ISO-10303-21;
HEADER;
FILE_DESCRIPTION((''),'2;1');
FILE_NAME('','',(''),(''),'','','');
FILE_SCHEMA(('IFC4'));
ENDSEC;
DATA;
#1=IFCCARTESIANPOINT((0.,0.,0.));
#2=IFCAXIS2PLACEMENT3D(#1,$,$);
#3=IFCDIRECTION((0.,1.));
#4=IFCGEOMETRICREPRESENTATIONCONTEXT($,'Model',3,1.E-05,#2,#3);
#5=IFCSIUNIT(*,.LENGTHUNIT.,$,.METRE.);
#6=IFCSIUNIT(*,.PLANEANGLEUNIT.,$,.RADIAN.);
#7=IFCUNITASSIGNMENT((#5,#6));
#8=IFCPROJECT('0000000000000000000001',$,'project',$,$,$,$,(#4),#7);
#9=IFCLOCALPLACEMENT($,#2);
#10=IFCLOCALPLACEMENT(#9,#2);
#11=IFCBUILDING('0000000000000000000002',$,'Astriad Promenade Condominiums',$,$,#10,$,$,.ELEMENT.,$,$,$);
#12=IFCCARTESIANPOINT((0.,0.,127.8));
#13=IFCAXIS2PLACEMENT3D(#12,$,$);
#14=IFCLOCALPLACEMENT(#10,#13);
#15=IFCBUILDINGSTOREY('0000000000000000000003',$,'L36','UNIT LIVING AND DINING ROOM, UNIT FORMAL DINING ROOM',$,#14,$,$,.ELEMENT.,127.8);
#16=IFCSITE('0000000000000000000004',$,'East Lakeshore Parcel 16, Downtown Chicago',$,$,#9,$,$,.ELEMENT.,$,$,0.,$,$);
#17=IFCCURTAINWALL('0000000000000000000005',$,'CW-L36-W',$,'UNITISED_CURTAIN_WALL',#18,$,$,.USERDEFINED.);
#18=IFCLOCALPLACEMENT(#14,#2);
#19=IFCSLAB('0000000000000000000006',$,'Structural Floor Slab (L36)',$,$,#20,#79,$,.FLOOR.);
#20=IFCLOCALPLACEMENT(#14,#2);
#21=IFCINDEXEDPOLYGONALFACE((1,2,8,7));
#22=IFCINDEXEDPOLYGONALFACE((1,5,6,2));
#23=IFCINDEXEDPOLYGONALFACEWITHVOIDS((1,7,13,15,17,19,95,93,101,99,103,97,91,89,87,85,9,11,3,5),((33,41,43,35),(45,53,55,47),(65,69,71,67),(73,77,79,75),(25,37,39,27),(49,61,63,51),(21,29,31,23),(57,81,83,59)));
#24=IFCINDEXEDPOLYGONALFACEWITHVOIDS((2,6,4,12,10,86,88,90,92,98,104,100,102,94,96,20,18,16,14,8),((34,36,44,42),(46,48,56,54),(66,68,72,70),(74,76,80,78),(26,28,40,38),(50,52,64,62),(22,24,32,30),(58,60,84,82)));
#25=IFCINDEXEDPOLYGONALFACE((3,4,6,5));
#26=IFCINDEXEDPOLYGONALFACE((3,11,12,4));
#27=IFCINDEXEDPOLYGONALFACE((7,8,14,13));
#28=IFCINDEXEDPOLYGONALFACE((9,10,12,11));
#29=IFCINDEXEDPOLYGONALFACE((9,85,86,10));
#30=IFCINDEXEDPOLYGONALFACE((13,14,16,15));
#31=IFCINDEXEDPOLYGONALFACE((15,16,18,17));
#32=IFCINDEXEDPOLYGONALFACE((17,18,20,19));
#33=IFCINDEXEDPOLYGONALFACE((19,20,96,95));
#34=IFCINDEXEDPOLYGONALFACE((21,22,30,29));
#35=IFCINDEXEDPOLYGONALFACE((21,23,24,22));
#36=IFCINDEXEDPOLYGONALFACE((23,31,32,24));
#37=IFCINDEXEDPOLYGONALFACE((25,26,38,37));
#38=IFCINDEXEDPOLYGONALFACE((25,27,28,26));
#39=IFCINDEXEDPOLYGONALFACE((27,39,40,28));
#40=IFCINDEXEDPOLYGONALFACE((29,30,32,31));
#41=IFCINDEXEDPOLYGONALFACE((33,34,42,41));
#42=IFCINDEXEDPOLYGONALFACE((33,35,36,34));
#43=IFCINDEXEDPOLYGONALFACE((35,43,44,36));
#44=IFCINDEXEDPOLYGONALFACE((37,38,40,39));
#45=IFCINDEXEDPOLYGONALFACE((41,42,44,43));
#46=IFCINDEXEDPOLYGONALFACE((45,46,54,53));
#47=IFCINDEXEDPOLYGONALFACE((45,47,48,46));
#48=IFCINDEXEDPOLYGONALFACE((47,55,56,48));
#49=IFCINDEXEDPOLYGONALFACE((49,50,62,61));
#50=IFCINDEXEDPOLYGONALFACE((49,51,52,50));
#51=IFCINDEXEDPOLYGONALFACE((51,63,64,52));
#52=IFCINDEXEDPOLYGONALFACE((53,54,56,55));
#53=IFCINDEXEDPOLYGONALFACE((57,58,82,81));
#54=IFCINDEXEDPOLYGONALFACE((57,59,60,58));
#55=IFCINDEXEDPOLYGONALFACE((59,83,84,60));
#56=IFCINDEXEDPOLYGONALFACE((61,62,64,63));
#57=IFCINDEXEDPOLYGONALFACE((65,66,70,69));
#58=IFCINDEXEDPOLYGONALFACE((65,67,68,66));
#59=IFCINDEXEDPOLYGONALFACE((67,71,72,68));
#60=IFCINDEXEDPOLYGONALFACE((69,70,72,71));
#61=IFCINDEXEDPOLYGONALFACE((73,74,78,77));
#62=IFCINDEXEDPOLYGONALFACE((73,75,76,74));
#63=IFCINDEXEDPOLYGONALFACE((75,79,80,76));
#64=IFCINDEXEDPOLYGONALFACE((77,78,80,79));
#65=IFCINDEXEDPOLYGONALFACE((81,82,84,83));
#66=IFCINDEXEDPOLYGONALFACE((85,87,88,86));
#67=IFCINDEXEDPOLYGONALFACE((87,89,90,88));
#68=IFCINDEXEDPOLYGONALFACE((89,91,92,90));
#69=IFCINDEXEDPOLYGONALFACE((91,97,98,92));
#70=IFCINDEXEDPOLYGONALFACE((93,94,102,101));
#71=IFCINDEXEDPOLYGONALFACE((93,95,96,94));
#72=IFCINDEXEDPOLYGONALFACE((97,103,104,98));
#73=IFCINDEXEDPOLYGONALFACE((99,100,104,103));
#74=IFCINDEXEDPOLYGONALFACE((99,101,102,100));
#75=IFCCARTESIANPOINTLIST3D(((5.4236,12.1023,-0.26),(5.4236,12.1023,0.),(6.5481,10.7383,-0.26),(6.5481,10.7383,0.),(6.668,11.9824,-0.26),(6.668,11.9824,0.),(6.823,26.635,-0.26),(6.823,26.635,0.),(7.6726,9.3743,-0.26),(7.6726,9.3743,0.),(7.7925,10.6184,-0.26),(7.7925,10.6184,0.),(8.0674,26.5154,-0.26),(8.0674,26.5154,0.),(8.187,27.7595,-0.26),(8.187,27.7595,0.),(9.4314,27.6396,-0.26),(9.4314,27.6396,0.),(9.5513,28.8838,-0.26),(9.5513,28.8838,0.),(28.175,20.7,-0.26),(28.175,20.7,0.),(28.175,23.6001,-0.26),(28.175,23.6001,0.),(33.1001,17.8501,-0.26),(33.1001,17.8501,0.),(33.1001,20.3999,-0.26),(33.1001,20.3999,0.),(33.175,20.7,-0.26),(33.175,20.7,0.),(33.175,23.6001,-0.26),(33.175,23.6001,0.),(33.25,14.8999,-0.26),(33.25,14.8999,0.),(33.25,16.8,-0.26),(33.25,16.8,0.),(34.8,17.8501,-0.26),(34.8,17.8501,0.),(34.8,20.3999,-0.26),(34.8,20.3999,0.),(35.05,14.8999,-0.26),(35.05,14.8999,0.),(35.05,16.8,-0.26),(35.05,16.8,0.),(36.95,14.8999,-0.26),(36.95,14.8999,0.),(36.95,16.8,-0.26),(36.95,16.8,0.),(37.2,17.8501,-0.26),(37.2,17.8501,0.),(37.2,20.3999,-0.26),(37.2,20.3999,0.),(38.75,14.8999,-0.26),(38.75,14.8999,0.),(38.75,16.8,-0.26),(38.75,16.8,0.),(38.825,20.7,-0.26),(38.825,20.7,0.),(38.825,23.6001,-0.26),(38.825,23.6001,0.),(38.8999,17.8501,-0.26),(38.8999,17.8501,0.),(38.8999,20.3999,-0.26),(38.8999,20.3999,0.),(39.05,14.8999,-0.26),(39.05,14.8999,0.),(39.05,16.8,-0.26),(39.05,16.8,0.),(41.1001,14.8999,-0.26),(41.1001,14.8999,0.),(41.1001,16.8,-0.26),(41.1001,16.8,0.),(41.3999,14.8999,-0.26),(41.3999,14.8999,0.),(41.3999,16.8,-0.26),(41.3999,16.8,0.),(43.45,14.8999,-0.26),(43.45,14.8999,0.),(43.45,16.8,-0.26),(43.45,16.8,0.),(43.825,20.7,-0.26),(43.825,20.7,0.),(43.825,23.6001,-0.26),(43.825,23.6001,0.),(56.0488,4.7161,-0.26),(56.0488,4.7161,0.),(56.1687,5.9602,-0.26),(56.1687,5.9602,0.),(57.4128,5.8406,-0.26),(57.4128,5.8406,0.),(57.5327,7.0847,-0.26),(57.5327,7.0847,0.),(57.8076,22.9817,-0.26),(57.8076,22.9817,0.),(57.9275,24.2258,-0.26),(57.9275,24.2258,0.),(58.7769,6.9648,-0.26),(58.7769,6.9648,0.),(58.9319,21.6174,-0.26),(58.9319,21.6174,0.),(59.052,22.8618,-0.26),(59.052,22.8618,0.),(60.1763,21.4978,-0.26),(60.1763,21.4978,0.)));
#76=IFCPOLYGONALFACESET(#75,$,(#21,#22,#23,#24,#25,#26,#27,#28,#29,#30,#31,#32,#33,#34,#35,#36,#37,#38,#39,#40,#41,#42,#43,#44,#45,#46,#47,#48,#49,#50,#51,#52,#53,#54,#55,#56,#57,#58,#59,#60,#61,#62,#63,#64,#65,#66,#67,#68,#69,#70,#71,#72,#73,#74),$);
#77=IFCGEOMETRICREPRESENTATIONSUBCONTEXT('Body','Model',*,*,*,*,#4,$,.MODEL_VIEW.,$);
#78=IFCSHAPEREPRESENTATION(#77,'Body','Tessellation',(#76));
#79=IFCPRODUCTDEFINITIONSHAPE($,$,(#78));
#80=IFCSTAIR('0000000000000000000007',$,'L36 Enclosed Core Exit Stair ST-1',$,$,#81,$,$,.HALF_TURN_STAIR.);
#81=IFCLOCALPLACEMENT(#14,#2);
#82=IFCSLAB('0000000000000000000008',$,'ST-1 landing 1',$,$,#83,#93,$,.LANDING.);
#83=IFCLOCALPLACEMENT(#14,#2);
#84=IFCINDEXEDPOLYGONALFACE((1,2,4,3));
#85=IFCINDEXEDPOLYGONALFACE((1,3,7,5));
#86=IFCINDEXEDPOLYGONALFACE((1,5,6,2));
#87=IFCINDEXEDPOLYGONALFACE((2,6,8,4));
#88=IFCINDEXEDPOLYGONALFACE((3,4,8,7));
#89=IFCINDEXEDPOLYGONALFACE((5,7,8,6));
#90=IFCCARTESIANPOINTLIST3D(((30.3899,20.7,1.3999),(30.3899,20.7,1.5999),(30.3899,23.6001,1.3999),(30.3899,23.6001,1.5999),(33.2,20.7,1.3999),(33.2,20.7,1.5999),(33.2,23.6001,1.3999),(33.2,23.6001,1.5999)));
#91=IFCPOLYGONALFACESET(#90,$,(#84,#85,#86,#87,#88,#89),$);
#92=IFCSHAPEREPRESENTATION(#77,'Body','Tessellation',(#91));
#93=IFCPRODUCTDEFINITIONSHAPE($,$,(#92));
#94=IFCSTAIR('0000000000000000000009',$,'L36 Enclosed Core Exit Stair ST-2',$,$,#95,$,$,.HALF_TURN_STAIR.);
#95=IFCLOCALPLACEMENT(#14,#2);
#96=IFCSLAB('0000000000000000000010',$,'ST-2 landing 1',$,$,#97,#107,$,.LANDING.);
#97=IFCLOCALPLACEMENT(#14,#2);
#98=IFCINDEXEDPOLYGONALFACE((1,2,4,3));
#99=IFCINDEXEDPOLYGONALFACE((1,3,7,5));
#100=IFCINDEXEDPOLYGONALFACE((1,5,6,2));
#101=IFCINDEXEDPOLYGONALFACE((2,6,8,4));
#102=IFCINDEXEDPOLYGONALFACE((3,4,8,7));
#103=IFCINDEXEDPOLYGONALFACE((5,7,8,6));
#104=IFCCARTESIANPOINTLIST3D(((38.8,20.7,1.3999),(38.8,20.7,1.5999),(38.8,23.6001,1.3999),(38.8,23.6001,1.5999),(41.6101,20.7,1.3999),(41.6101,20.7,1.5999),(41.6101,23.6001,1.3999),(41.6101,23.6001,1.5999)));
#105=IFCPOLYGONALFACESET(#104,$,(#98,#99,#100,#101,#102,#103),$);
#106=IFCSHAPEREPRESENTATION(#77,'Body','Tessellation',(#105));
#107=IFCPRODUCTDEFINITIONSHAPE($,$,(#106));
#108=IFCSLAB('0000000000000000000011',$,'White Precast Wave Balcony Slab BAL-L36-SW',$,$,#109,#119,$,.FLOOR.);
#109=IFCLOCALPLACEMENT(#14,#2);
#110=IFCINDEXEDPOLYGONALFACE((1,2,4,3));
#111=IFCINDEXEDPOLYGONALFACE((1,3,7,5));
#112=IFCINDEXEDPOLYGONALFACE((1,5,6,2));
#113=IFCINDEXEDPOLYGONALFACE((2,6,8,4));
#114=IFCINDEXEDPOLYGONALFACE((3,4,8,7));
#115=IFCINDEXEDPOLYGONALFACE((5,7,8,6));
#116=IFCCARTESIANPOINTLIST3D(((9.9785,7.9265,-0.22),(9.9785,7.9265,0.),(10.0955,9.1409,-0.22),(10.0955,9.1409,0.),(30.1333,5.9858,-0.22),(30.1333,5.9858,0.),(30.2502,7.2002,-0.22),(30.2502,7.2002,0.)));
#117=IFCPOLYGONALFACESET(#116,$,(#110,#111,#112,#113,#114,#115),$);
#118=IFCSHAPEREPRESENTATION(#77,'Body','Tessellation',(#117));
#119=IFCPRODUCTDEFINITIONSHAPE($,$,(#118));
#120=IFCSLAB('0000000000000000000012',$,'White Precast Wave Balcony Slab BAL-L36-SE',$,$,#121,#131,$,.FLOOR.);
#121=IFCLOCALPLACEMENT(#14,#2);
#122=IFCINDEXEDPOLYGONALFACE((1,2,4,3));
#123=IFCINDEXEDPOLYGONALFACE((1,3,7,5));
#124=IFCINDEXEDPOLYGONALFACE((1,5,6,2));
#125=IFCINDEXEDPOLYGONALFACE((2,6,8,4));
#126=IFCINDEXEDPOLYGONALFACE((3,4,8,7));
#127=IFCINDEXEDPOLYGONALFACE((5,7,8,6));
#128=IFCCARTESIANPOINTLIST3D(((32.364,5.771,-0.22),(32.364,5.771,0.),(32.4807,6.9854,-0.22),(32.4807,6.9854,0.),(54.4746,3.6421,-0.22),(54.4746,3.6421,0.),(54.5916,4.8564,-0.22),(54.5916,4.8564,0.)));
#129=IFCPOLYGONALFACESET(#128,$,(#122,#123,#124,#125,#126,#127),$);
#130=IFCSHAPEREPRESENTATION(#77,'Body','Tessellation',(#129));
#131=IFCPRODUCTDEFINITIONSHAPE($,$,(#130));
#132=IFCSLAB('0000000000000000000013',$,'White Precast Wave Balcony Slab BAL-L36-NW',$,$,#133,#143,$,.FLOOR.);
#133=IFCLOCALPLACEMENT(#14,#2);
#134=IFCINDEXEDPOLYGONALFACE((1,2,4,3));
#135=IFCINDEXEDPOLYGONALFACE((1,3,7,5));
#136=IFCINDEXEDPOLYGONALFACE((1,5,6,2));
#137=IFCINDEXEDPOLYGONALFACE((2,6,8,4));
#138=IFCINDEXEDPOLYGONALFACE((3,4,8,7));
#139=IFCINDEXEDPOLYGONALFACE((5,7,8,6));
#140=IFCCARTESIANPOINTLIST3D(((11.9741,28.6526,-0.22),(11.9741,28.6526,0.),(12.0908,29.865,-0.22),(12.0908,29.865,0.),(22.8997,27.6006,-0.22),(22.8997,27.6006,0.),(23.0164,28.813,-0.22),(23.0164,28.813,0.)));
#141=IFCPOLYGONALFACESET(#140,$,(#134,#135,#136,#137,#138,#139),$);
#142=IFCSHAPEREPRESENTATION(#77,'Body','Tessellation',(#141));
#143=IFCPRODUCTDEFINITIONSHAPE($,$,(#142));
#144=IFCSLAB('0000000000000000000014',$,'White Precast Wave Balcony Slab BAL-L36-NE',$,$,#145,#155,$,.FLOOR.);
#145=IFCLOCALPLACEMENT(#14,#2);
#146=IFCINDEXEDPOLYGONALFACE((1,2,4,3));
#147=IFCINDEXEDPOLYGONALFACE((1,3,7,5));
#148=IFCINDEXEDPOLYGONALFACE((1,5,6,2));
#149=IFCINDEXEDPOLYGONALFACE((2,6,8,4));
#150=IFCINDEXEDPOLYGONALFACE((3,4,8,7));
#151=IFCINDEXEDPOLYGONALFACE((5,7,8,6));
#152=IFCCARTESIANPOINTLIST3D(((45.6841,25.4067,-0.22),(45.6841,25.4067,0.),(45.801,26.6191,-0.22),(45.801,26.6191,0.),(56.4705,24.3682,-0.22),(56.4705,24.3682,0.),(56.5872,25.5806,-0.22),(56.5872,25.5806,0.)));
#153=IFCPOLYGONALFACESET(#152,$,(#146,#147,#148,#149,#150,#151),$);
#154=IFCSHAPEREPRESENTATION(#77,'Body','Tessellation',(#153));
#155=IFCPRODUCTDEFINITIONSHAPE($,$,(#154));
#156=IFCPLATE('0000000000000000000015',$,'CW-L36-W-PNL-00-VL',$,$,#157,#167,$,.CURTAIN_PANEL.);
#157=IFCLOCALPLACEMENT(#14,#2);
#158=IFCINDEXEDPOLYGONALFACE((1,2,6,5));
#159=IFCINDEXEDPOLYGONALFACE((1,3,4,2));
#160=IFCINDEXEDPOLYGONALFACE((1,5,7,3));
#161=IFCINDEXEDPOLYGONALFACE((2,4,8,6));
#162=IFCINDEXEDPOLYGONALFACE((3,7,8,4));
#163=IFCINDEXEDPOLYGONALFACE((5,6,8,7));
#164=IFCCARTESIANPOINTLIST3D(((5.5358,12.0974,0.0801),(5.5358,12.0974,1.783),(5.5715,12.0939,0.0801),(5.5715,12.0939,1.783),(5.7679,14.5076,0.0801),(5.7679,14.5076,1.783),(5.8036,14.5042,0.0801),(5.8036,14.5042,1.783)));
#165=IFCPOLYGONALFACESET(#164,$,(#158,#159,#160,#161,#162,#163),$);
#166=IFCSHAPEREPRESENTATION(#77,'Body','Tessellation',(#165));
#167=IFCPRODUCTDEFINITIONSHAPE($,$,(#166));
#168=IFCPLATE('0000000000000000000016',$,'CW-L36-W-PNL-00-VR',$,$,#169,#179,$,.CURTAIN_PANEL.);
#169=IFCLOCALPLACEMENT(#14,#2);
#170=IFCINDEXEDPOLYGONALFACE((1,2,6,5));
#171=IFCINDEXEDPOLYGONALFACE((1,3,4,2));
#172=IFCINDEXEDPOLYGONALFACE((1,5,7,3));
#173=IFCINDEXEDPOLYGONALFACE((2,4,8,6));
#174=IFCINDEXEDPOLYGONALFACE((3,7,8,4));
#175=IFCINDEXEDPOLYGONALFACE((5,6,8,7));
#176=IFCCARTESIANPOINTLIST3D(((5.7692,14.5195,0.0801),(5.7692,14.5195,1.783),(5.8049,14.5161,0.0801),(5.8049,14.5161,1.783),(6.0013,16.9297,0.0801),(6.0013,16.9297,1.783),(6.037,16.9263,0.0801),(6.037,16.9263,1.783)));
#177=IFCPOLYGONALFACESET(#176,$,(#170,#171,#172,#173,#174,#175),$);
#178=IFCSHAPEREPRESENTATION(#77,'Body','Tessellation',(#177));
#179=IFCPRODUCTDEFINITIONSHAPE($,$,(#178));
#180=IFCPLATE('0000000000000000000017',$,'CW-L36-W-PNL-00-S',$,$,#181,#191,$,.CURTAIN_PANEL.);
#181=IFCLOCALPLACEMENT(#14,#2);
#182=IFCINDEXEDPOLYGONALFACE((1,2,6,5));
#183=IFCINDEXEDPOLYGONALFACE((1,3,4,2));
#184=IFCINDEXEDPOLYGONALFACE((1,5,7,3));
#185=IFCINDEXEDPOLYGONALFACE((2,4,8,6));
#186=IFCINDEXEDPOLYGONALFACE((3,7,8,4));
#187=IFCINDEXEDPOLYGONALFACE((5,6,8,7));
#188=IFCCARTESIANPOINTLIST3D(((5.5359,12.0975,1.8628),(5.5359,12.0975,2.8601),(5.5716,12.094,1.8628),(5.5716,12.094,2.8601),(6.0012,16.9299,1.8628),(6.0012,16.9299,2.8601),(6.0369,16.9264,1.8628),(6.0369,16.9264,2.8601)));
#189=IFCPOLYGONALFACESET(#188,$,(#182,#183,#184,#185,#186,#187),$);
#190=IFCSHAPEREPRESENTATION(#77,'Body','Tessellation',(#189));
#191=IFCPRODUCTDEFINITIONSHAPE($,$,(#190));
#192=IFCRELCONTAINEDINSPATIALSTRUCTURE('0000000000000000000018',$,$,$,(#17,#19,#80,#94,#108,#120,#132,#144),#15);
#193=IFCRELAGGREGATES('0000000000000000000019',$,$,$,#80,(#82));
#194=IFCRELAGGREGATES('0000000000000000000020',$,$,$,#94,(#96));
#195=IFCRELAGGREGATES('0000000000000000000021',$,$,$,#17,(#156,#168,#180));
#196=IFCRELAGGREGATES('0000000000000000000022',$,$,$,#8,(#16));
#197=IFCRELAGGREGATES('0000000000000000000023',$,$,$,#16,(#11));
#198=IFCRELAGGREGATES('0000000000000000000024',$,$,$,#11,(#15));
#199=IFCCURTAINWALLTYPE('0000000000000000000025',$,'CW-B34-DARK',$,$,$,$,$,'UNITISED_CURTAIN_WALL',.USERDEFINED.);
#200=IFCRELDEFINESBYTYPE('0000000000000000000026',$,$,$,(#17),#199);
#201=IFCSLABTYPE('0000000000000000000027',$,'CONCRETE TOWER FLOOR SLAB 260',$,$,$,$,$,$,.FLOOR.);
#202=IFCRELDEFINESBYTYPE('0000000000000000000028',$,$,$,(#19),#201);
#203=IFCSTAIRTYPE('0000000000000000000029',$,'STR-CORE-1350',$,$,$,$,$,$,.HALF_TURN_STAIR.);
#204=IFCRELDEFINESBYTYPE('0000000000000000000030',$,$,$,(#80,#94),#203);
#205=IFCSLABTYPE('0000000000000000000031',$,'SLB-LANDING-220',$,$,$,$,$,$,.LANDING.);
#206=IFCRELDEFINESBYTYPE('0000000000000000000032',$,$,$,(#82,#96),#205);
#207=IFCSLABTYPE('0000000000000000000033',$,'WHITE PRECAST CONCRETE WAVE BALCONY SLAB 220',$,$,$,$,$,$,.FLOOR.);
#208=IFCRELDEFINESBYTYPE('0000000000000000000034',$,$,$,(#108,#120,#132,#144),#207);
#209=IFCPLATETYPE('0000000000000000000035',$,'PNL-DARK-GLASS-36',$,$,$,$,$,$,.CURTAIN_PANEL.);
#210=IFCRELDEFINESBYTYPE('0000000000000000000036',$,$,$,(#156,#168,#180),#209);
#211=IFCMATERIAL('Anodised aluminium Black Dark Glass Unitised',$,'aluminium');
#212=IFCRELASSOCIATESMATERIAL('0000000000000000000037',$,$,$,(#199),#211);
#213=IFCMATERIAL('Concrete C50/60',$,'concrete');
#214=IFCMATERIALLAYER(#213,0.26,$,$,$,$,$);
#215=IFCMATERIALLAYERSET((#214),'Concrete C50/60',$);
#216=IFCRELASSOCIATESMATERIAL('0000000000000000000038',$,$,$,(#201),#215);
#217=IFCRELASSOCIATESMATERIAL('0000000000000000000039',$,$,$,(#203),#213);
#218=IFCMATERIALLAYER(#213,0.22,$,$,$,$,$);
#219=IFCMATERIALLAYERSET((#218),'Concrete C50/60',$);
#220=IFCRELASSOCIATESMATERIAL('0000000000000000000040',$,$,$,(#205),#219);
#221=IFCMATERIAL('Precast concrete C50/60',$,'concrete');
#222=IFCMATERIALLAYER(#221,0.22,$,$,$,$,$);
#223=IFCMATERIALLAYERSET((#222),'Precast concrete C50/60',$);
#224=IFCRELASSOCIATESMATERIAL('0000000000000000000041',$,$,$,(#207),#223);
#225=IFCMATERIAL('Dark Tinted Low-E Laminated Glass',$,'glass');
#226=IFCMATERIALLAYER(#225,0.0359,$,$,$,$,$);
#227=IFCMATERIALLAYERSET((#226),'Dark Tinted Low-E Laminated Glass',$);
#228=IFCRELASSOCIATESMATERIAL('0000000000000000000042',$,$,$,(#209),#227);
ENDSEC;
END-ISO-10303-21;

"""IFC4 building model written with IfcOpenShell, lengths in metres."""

from ifc_helpers import new_model, si_unit, direction, frame, origin, origin_2d, place, context, subcontext, project, spatial, polyline, rectangle, outline, extrude, source, transform, mapped, material, layer, layer_set, type_object, type_shapes, element, aggregate, save


model = new_model("IFC4")

# Units and contexts
model_context = context("Model", 3, precision=1e-05, world=origin(), true_north=direction((0.0, 1.0)))
body_context = subcontext(model_context, "Body", "Model", "MODEL_VIEW")
ifc_project = project(units=[si_unit("LENGTHUNIT", "METRE"), si_unit("PLANEANGLEUNIT", "RADIAN")], contexts=[model_context])

# Site, building, storey
site_placement = place(None, origin())
site = spatial("IfcSite", under=ifc_project, at=site_placement, Name="East Lakeshore Parcel 16, Downtown Chicago", CompositionType="ELEMENT", RefElevation=0.0)
building_placement = place(site_placement, origin())
building = spatial("IfcBuilding", under=site, at=building_placement, Name="Astriad Promenade Condominiums", CompositionType="ELEMENT")
storey_placement = place(building_placement, frame((0.0, 0.0, 127.8)))
storey = spatial("IfcBuildingStorey", under=building, at=storey_placement, Name="L36", Description="UNIT LIVING AND DINING ROOM, UNIT FORMAL DINING ROOM", CompositionType="ELEMENT", Elevation=127.8)

# Curtain wall
ifc_material_1 = material(Name="Anodised aluminium Black Dark Glass Unitised", Category="aluminium")
curtain_wall_type = type_object("IfcCurtainWallType", Name="CW-B34-DARK", ElementType="UNITISED_CURTAIN_WALL", PredefinedType="USERDEFINED", material=ifc_material_1)
curtain_wall_placement = place(storey_placement, origin())
curtain_wall = element("IfcCurtainWall", 1, at=curtain_wall_placement, inside=storey, type_object=curtain_wall_type, Name="CW-L36-W", ObjectType="UNITISED_CURTAIN_WALL", PredefinedType="USERDEFINED")

# Slab
ifc_material_2 = material(Name="Concrete C50/60", Category="concrete")
ifc_layer_1 = layer(ifc_material_2, 0.26)
ifc_layer_set_1 = layer_set([ifc_layer_1], Name="Concrete C50/60")
slab_type_1 = type_object("IfcSlabType", Name="CONCRETE TOWER FLOOR SLAB 260", PredefinedType="FLOOR", material=ifc_layer_set_1)
slab_1_placement = place(storey_placement, frame((0.0, 0.0, -0.26)))
element("IfcSlab", 2, at=slab_1_placement, inside=storey, type_object=slab_type_1, Name="Structural Floor Slab (L36)", PredefinedType="FLOOR", context=body_context, shape_type="SweptSolid", body=[
    extrude(outline(polyline([(7.6726, 9.3743), (56.0488, 4.7161), (56.1687, 5.9602), (57.4128, 5.8406), (57.5327, 7.0847), (58.7769, 6.9648), (60.1763, 21.4978), (58.9319, 21.6174), (59.052, 22.8618), (57.8076, 22.9817), (57.9275, 24.2258), (9.5513, 28.8838), (9.4314, 27.6396), (8.187, 27.7595), (8.0674, 26.5154), (6.823, 26.635), (5.4236, 12.1023), (6.668, 11.9824), (6.5481, 10.7383), (7.7925, 10.6184), (7.6726, 9.3743)]), holes=[polyline([(28.175, 20.7), (33.175, 20.7), (33.175, 23.6001), (28.175, 23.6001), (28.175, 20.7)]), polyline([(38.825, 20.7), (43.825, 20.7), (43.825, 23.6001), (38.825, 23.6001), (38.825, 20.7)]), polyline([(33.1001, 17.8501), (34.8, 17.8501), (34.8, 20.3999), (33.1001, 20.3999), (33.1001, 17.8501)]), polyline([(37.2, 17.8501), (38.8999, 17.8501), (38.8999, 20.3999), (37.2, 20.3999), (37.2, 17.8501)]), polyline([(33.25, 14.8999), (35.05, 14.8999), (35.05, 16.8), (33.25, 16.8), (33.25, 14.8999)]), polyline([(36.95, 14.8999), (38.75, 14.8999), (38.75, 16.8), (36.95, 16.8), (36.95, 14.8999)]), polyline([(39.05, 14.8999), (41.1001, 14.8999), (41.1001, 16.8), (39.05, 16.8), (39.05, 14.8999)]), polyline([(41.3999, 14.8999), (43.45, 14.8999), (43.45, 16.8), (41.3999, 16.8), (41.3999, 14.8999)])]), origin(), (0.0, 0.0, 1.0), 0.26),
])

# Stairs, slabs
stair_type = type_object("IfcStairType", Name="STR-CORE-1350", PredefinedType="HALF_TURN_STAIR", material=ifc_material_2)
stair_1_placement = place(storey_placement, origin())
stair_1 = element("IfcStair", 3, at=stair_1_placement, inside=storey, type_object=stair_type, Name="L36 Enclosed Core Exit Stair ST-1", PredefinedType="HALF_TURN_STAIR")
ifc_layer_2 = layer(ifc_material_2, 0.22)
ifc_layer_set_2 = layer_set([ifc_layer_2], Name="Concrete C50/60")
slab_type_2 = type_object("IfcSlabType", Name="SLB-LANDING-220", PredefinedType="LANDING", material=ifc_layer_set_2)
slab_2_placement = place(storey_placement, frame((0.0, 0.0, 1.3999)))
slab_2 = element("IfcSlab", 4, at=slab_2_placement, type_object=slab_type_2, Name="ST-1 landing 1", PredefinedType="LANDING", context=body_context, shape_type="SweptSolid", body=[
    extrude(outline(polyline([(30.3899, 20.7), (33.2, 20.7), (33.2, 23.6001), (30.3899, 23.6001), (30.3899, 20.7)])), origin(), (0.0, 0.0, 1.0), 0.2),
])
aggregate(stair_1, [slab_2])
stair_2_placement = place(storey_placement, origin())
stair_2 = element("IfcStair", 5, at=stair_2_placement, inside=storey, type_object=stair_type, Name="L36 Enclosed Core Exit Stair ST-2", PredefinedType="HALF_TURN_STAIR")
slab_3_placement = place(storey_placement, frame((0.0, 0.0, 1.3999)))
slab_3 = element("IfcSlab", 6, at=slab_3_placement, type_object=slab_type_2, Name="ST-2 landing 1", PredefinedType="LANDING", context=body_context, shape_type="SweptSolid", body=[
    extrude(outline(polyline([(41.6101, 23.6001), (38.8, 23.6001), (38.8, 20.7), (41.6101, 20.7), (41.6101, 23.6001)])), origin(), (0.0, 0.0, 1.0), 0.2),
])
aggregate(stair_2, [slab_3])

# Slabs
ifc_material_3 = material(Name="Precast concrete C50/60", Category="concrete")
ifc_layer_3 = layer(ifc_material_3, 0.22)
ifc_layer_set_3 = layer_set([ifc_layer_3], Name="Precast concrete C50/60")
slab_type_3 = type_object("IfcSlabType", Name="WHITE PRECAST CONCRETE WAVE BALCONY SLAB 220", PredefinedType="FLOOR", material=ifc_layer_set_3)
slab_4_placement = place(storey_placement, frame((0.0, 0.0, -0.22)))
element("IfcSlab", 7, at=slab_4_placement, inside=storey, type_object=slab_type_3, Name="White Precast Wave Balcony Slab BAL-L36-SW", PredefinedType="FLOOR", context=body_context, shape_type="SweptSolid", body=[
    extrude(outline(polyline([(9.9785, 7.9265), (30.1333, 5.9858), (30.2502, 7.2002), (10.0955, 9.1409), (9.9785, 7.9265)])), origin(), (0.0, 0.0, 1.0), 0.22),
])
slab_5_placement = place(storey_placement, frame((0.0, 0.0, -0.22)))
element("IfcSlab", 8, at=slab_5_placement, inside=storey, type_object=slab_type_3, Name="White Precast Wave Balcony Slab BAL-L36-SE", PredefinedType="FLOOR", context=body_context, shape_type="SweptSolid", body=[
    extrude(outline(polyline([(32.364, 5.771), (54.4746, 3.6421), (54.5916, 4.8564), (32.4807, 6.9854), (32.364, 5.771)])), origin(), (0.0, 0.0, 1.0), 0.22),
])
slab_6_placement = place(storey_placement, frame((0.0, 0.0, -0.22)))
element("IfcSlab", 9, at=slab_6_placement, inside=storey, type_object=slab_type_3, Name="White Precast Wave Balcony Slab BAL-L36-NW", PredefinedType="FLOOR", context=body_context, shape_type="SweptSolid", body=[
    extrude(outline(polyline([(12.0908, 29.865), (23.0164, 28.813), (22.8997, 27.6006), (11.9741, 28.6526), (12.0908, 29.865)])), origin(), (0.0, 0.0, 1.0), 0.22),
])
slab_7_placement = place(storey_placement, frame((0.0, 0.0, -0.22)))
element("IfcSlab", 10, at=slab_7_placement, inside=storey, type_object=slab_type_3, Name="White Precast Wave Balcony Slab BAL-L36-NE", PredefinedType="FLOOR", context=body_context, shape_type="SweptSolid", body=[
    extrude(outline(polyline([(45.801, 26.6191), (56.5872, 25.5806), (56.4705, 24.3682), (45.6841, 25.4067), (45.801, 26.6191)])), origin(), (0.0, 0.0, 1.0), 0.22),
])

# Plates
ifc_material_4 = material(Name="Dark Tinted Low-E Laminated Glass", Category="glass")
ifc_layer_4 = layer(ifc_material_4, 0.0359)
ifc_layer_set_4 = layer_set([ifc_layer_4], Name="Dark Tinted Low-E Laminated Glass")
plate_type = type_object("IfcPlateType", Name="PNL-DARK-GLASS-36", PredefinedType="CURTAIN_PANEL", material=ifc_layer_set_4)
shared_shape_1 = source(origin(), body_context, "Body", "SweptSolid", [
    extrude(rectangle(XDim=2.4214, YDim=0.0359, at=origin_2d()), origin(), (0.0, 0.0, 1.0), 1.7029),
])
plate_1_placement = place(storey_placement, frame((5.6697, 13.3008, 0.0801), z_axis=(0.0, 0.0, 1.0), x_axis=(0.095846, 0.995396, 0.0)))
plate_1 = element("IfcPlate", 11, at=plate_1_placement, type_object=plate_type, Name="CW-L36-W-PNL-00-VL", PredefinedType="CURTAIN_PANEL", context=body_context, shape_type="MappedRepresentation", body=[
    mapped(shared_shape_1, transform((0.0, 0.0, 0.0), scale=1.0)),
])
plate_2_placement = place(storey_placement, frame((5.9031, 15.7229, 0.0801), z_axis=(0.0, 0.0, 1.0), x_axis=(0.095846, 0.995396, 0.0)))
plate_2 = element("IfcPlate", 12, at=plate_2_placement, type_object=plate_type, Name="CW-L36-W-PNL-00-VR", PredefinedType="CURTAIN_PANEL", context=body_context, shape_type="MappedRepresentation", body=[
    mapped(shared_shape_1, transform((0.0, 0.0, 0.0), scale=1.0)),
])
shared_shape_2 = source(origin(), body_context, "Body", "SweptSolid", [
    extrude(rectangle(XDim=4.8547, YDim=0.0359, at=origin_2d()), origin(), (0.0, 0.0, 1.0), 0.9973),
])
type_shapes(plate_type, [shared_shape_1, shared_shape_2])
plate_3_placement = place(storey_placement, frame((5.7864, 14.512, 1.8628), z_axis=(0.0, 0.0, 1.0), x_axis=(0.095846, 0.995396, 0.0)))
plate_3 = element("IfcPlate", 13, at=plate_3_placement, type_object=plate_type, Name="CW-L36-W-PNL-00-S", PredefinedType="CURTAIN_PANEL", context=body_context, shape_type="MappedRepresentation", body=[
    mapped(shared_shape_2, transform((0.0, 0.0, 0.0), scale=1.0)),
])
aggregate(curtain_wall, [plate_1, plate_2, plate_3])

save(model, "model.ifc")
